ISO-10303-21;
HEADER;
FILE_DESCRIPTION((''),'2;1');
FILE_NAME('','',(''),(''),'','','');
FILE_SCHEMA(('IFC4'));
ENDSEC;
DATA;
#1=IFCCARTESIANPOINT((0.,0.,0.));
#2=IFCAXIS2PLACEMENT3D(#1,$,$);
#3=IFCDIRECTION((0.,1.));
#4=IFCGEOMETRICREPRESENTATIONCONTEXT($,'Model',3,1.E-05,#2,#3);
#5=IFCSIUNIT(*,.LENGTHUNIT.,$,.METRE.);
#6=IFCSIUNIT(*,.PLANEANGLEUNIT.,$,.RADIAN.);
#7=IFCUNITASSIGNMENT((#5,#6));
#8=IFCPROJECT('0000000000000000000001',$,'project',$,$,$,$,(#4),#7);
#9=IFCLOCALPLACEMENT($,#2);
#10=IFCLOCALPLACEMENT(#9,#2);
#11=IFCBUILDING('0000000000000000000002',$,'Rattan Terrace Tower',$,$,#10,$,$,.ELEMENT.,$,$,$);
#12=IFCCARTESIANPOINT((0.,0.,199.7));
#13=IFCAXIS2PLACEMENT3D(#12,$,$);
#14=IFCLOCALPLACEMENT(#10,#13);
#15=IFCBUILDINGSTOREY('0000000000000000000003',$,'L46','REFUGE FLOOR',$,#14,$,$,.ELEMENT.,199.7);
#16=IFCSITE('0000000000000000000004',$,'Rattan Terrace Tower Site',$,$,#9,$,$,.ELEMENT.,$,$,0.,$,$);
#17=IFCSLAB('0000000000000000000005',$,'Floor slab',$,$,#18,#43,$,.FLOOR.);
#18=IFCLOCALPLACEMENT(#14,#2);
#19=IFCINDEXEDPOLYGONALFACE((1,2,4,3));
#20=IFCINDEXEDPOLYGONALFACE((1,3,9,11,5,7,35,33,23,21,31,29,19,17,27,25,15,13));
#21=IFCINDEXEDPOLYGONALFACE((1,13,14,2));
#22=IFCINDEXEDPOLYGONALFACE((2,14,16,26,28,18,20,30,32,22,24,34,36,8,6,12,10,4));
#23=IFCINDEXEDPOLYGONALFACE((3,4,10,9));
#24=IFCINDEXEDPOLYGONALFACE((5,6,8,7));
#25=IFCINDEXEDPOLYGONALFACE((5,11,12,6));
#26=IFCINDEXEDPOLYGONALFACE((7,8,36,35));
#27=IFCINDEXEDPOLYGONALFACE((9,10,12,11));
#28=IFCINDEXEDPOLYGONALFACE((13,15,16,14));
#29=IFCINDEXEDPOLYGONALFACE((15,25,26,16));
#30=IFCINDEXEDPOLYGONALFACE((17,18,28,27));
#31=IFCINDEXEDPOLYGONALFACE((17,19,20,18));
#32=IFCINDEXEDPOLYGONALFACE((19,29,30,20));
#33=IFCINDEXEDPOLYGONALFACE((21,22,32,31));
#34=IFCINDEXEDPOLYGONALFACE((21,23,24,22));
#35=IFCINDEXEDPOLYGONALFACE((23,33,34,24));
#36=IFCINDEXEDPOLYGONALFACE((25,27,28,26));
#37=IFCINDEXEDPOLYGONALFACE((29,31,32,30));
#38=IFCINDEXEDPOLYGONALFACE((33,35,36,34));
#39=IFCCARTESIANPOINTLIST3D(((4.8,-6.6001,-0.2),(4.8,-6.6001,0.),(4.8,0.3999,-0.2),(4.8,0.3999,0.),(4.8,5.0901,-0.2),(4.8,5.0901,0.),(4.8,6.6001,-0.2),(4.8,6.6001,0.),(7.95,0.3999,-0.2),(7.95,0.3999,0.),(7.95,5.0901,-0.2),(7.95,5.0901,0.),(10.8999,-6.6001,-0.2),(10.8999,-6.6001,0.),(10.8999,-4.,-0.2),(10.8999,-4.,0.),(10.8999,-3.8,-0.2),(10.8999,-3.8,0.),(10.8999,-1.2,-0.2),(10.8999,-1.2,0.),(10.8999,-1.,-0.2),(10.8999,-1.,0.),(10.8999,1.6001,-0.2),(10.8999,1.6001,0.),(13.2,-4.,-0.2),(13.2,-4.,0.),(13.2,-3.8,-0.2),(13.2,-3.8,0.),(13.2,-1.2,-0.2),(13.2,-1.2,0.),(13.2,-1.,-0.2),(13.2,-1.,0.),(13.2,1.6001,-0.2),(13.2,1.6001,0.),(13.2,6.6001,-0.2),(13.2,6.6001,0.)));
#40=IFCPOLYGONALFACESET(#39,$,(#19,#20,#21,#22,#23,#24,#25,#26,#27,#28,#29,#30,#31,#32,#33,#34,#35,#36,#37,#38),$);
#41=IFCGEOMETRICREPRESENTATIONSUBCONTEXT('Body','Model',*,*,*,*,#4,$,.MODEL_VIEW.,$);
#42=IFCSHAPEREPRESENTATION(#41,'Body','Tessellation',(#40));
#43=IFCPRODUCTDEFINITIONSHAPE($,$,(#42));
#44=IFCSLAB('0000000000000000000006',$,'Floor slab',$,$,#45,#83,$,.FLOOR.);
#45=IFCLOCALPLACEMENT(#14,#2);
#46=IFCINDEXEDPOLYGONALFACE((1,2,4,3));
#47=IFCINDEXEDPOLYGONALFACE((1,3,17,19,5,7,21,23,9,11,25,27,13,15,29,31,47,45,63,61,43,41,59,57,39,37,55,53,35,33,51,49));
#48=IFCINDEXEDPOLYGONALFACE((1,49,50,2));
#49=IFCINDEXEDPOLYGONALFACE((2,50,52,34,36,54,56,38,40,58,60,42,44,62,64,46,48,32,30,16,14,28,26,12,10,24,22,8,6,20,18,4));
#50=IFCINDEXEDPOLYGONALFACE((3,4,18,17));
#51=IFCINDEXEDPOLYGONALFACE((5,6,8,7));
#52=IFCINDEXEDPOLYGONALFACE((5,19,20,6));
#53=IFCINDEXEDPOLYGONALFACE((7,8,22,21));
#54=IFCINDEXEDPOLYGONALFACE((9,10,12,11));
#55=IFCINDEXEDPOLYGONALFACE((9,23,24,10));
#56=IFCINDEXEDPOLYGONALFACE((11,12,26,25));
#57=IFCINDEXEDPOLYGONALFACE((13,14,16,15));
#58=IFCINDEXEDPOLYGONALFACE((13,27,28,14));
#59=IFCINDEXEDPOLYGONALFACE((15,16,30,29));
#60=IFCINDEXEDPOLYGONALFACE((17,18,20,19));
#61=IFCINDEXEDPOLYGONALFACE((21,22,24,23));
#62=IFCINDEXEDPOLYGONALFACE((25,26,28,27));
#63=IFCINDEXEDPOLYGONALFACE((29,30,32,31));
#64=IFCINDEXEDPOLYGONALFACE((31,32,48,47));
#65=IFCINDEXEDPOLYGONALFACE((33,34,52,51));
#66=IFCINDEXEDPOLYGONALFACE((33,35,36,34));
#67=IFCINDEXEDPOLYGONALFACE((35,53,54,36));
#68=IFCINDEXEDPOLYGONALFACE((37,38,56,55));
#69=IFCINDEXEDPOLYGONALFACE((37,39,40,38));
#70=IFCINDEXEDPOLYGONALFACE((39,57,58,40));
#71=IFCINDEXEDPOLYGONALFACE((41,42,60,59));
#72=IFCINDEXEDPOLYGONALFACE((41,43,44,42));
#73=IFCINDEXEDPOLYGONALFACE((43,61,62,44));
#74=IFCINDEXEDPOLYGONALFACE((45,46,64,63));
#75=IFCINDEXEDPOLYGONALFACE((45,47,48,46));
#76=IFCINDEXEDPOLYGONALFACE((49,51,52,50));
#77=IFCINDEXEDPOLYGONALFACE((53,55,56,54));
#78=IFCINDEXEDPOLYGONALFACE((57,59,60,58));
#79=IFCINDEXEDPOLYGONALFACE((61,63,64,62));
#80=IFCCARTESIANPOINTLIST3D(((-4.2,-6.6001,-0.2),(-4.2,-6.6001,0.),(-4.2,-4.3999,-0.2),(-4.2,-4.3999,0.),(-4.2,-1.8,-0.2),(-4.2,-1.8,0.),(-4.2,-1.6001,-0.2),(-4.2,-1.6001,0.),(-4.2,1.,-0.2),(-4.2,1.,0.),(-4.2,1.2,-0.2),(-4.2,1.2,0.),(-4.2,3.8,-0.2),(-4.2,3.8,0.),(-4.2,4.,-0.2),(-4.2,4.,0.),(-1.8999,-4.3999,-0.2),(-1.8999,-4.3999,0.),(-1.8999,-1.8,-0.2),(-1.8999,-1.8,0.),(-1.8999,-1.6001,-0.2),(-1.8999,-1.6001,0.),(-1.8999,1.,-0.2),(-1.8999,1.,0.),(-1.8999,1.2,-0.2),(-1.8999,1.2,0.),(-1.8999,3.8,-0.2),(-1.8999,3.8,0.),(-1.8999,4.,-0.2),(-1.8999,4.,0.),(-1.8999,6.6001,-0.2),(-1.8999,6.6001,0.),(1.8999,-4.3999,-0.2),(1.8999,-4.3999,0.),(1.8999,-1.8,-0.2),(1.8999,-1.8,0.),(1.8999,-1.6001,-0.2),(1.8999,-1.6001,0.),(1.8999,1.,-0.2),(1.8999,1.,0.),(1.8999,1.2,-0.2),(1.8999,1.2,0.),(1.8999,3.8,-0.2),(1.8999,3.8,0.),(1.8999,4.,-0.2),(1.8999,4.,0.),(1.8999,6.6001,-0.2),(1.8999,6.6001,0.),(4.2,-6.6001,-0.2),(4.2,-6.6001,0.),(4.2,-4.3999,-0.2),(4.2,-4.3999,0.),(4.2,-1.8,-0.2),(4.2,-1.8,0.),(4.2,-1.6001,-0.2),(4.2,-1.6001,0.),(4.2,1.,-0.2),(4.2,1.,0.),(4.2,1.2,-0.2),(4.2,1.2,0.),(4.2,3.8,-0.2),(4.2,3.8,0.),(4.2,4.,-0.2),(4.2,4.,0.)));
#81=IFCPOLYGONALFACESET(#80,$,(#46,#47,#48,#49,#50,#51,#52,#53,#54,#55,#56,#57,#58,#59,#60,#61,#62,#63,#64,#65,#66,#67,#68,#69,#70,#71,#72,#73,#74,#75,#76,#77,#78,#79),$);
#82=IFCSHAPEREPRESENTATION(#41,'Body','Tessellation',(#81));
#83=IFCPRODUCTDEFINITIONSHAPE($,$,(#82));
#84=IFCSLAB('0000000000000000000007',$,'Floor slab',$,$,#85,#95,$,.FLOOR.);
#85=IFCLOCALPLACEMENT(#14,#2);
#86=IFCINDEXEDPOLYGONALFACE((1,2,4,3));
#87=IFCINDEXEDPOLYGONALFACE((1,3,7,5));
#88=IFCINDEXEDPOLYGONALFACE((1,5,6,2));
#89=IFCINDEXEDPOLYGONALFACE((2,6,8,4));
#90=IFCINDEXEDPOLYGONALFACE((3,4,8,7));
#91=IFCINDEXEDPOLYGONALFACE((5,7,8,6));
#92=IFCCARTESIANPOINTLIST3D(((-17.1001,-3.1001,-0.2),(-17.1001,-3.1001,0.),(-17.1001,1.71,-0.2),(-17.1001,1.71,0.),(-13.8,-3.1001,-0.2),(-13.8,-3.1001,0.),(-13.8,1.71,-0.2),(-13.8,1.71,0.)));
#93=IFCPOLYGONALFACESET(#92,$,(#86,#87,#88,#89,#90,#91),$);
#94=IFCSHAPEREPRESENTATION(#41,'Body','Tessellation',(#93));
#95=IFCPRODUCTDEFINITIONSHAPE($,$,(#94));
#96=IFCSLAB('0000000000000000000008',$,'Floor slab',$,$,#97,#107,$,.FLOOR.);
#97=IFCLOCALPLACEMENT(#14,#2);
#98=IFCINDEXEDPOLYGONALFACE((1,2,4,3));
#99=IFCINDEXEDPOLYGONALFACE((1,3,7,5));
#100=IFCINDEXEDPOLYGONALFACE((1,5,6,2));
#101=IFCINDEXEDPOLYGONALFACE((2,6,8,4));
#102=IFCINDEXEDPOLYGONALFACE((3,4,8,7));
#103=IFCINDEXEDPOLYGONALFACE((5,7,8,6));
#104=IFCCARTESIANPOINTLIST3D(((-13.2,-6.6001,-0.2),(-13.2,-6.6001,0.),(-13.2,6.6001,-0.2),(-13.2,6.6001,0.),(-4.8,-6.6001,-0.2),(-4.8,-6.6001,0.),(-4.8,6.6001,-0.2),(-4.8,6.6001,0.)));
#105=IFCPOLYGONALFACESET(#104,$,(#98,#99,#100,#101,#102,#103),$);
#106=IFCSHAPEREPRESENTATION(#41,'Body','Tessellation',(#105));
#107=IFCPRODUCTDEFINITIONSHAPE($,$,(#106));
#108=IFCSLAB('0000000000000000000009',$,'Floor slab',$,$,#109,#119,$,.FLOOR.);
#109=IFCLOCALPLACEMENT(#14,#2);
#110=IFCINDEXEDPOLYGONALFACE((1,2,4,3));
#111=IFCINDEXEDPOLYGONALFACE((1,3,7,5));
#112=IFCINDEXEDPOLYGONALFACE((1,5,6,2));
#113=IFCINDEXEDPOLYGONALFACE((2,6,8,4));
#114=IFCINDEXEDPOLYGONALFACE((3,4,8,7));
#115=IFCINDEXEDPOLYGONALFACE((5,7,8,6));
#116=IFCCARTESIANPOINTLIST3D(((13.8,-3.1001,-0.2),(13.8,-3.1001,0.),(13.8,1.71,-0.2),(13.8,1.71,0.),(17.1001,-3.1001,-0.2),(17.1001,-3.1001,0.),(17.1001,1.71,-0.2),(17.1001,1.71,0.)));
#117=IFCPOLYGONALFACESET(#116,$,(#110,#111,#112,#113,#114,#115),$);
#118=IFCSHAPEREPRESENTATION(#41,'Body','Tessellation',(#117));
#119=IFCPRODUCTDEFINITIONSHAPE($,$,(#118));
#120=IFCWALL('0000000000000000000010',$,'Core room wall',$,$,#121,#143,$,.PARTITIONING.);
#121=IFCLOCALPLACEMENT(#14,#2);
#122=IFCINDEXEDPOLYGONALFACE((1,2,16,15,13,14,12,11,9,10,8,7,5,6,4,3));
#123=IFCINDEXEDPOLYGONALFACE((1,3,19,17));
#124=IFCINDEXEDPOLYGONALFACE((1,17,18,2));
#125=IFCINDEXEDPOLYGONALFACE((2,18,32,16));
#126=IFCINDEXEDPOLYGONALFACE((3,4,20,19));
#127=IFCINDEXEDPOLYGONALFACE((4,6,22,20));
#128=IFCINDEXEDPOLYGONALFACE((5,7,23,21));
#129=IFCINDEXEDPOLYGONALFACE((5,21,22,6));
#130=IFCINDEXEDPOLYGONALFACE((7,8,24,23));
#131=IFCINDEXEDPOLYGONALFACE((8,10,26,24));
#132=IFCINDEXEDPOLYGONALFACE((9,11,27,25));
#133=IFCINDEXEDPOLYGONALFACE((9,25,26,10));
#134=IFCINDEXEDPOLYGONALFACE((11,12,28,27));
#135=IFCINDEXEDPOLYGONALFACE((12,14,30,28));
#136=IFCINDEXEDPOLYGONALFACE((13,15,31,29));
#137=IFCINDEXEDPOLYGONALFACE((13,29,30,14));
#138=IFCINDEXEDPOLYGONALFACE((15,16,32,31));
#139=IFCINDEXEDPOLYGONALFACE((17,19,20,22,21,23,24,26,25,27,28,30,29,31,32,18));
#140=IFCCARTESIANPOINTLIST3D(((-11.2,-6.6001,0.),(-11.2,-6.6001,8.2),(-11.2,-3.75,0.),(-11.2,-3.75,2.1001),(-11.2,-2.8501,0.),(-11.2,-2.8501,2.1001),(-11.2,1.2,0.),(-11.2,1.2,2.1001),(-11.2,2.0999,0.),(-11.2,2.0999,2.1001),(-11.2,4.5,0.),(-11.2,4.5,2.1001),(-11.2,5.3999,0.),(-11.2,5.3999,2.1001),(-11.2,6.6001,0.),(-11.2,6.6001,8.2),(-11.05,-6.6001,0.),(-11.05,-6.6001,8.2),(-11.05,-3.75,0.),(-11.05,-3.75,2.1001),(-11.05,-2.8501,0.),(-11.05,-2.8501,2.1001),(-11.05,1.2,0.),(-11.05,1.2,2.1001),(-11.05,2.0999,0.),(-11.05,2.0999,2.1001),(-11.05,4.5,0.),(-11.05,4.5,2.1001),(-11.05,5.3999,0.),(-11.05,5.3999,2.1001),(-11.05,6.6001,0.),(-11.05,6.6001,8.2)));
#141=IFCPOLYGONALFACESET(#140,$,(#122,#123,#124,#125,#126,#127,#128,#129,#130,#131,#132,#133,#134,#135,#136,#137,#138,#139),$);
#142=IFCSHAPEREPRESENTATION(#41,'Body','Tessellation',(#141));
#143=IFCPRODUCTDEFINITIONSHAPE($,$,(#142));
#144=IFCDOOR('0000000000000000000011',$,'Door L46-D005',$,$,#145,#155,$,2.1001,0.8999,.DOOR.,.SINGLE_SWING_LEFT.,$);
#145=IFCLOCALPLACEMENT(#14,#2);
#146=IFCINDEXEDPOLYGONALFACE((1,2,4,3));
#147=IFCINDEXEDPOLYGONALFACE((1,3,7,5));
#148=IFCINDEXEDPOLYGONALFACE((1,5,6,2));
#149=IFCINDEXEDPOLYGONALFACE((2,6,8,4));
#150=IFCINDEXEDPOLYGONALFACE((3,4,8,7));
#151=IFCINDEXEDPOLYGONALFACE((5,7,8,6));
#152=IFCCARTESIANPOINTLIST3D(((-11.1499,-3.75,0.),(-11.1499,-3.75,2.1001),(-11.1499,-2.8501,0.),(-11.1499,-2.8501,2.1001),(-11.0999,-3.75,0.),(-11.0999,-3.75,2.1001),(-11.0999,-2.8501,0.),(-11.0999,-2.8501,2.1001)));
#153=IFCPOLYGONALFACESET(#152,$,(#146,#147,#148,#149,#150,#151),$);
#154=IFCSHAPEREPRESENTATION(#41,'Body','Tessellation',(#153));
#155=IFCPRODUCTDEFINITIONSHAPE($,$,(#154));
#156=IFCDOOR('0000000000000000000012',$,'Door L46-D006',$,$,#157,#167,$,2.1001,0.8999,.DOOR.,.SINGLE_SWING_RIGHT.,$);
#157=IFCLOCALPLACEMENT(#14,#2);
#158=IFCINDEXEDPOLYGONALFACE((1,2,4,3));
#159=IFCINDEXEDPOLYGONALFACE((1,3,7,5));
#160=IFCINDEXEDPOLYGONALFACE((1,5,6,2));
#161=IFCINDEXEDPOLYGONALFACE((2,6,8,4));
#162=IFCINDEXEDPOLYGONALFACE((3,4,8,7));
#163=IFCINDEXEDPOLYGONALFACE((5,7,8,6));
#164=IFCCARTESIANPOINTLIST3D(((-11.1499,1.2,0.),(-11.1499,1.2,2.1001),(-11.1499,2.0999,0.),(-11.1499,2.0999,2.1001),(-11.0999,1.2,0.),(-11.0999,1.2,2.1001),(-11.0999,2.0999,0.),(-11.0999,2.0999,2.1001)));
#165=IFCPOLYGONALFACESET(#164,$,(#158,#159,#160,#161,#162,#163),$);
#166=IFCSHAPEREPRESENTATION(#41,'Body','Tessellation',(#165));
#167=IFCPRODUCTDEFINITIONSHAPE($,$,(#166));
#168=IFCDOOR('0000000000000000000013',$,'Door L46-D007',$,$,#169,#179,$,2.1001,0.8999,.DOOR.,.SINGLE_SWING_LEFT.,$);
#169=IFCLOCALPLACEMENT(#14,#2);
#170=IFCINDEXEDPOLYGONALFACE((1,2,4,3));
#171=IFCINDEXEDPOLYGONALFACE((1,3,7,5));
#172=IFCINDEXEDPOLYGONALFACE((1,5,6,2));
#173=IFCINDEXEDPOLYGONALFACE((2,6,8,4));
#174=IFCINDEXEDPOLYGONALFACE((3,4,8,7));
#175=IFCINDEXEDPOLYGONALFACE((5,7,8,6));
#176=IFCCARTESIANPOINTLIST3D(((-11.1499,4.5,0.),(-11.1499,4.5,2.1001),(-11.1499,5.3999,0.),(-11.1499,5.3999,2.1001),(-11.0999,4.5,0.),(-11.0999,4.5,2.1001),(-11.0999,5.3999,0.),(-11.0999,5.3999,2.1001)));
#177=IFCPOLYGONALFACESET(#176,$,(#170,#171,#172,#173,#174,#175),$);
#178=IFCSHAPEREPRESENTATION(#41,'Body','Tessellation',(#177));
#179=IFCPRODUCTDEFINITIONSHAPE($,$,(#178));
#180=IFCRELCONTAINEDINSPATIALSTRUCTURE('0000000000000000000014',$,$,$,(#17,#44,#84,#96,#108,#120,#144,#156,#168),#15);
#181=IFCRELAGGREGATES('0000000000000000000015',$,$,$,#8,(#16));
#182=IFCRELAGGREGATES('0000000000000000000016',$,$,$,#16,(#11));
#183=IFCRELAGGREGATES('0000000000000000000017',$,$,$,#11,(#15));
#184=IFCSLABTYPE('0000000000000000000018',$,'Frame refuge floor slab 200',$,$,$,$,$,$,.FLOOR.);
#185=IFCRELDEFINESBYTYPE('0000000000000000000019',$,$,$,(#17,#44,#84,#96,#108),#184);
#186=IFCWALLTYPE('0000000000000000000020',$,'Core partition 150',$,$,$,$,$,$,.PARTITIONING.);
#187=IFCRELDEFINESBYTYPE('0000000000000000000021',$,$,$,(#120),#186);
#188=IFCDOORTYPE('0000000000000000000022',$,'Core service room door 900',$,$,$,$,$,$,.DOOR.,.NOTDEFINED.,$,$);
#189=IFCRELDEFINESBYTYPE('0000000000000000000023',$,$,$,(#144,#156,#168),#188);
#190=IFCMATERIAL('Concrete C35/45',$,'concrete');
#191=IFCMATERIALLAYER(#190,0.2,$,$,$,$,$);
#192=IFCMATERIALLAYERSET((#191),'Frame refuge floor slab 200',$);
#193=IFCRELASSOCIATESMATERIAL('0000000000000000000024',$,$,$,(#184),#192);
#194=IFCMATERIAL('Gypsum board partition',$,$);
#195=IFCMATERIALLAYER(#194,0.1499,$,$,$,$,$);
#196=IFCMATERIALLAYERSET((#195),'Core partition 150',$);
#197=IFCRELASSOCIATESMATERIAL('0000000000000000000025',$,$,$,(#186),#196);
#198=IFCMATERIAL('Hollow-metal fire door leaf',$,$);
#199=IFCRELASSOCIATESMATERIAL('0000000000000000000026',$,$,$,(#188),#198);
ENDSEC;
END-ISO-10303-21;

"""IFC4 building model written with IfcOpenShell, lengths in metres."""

from ifc_helpers import new_model, si_unit, direction, frame, frame_2d, origin, place, context, subcontext, project, spatial, polyline, rectangle, outline, extrude, material, layer, layer_set, type_object, element, fill, save


model = new_model("IFC4")

# Units and contexts
model_context = context("Model", 3, precision=1e-05, world=origin(), true_north=direction((0.0, 1.0)))
body_context = subcontext(model_context, "Body", "Model", "MODEL_VIEW")
ifc_project = project(units=[si_unit("LENGTHUNIT", "METRE"), si_unit("PLANEANGLEUNIT", "RADIAN")], contexts=[model_context])

# Site, building, storey
site_placement = place(None, origin())
site = spatial("IfcSite", under=ifc_project, at=site_placement, Name="Rattan Terrace Tower Site", CompositionType="ELEMENT", RefElevation=0.0)
building_placement = place(site_placement, origin())
building = spatial("IfcBuilding", under=site, at=building_placement, Name="Rattan Terrace Tower", CompositionType="ELEMENT")
storey_placement = place(building_placement, frame((0.0, 0.0, 199.7)))
storey = spatial("IfcBuildingStorey", under=building, at=storey_placement, Name="L46", Description="REFUGE FLOOR", CompositionType="ELEMENT", Elevation=199.7)

# Slabs
ifc_material_1 = material(Name="Concrete C35/45", Category="concrete")
ifc_layer_1 = layer(ifc_material_1, 0.2)
ifc_layer_set_1 = layer_set([ifc_layer_1], Name="Frame refuge floor slab 200")
slab_type_1 = type_object("IfcSlabType", Name="Frame refuge floor slab 200", PredefinedType="FLOOR", material=ifc_layer_set_1)
slab_1_placement = place(storey_placement, frame((0.0, 0.0, -0.2)))
element("IfcSlab", 1, at=slab_1_placement, inside=storey, type_object=slab_type_1, Name="Floor slab", PredefinedType="FLOOR", context=body_context, shape_type="SweptSolid", body=[
    extrude(outline(polyline([(13.2, 6.6001), (4.8, 6.6001), (4.8, 5.0901), (7.95, 5.0901), (7.95, 0.3999), (4.8, 0.3999), (4.8, -6.6001), (10.8999, -6.6001), (10.8999, -4.0), (13.2, -4.0), (13.2, -3.8), (10.8999, -3.8), (10.8999, -1.2), (13.2, -1.2), (13.2, -1.0), (10.8999, -1.0), (10.8999, 1.6001), (13.2, 1.6001), (13.2, 6.6001)])), origin(), (0.0, 0.0, 1.0), 0.2),
])
slab_2_placement = place(storey_placement, frame((0.0, 0.0, -0.2)))
element("IfcSlab", 2, at=slab_2_placement, inside=storey, type_object=slab_type_1, Name="Floor slab", PredefinedType="FLOOR", context=body_context, shape_type="SweptSolid", body=[
    extrude(outline(polyline([(1.8999, 6.6001), (-1.8999, 6.6001), (-1.8999, 4.0), (-4.2, 4.0), (-4.2, 3.8), (-1.8999, 3.8), (-1.8999, 1.2), (-4.2, 1.2), (-4.2, 1.0), (-1.8999, 1.0), (-1.8999, -1.6001), (-4.2, -1.6001), (-4.2, -1.8), (-1.8999, -1.8), (-1.8999, -4.3999), (-4.2, -4.3999), (-4.2, -6.6001), (4.2, -6.6001), (4.2, -4.3999), (1.8999, -4.3999), (1.8999, -1.8), (4.2, -1.8), (4.2, -1.6001), (1.8999, -1.6001), (1.8999, 1.0), (4.2, 1.0), (4.2, 1.2), (1.8999, 1.2), (1.8999, 3.8), (4.2, 3.8), (4.2, 4.0), (1.8999, 4.0), (1.8999, 6.6001)])), origin(), (0.0, 0.0, 1.0), 0.2),
])
slab_3_placement = place(storey_placement, frame((0.0, 0.0, -0.2)))
element("IfcSlab", 3, at=slab_3_placement, inside=storey, type_object=slab_type_1, Name="Floor slab", PredefinedType="FLOOR", context=body_context, shape_type="SweptSolid", body=[
    extrude(outline(polyline([(-17.1001, -3.1001), (-13.8, -3.1001), (-13.8, 1.71), (-17.1001, 1.71), (-17.1001, -3.1001)])), origin(), (0.0, 0.0, 1.0), 0.2),
])
slab_4_placement = place(storey_placement, frame((0.0, 0.0, -0.2)))
element("IfcSlab", 4, at=slab_4_placement, inside=storey, type_object=slab_type_1, Name="Floor slab", PredefinedType="FLOOR", context=body_context, shape_type="SweptSolid", body=[
    extrude(outline(polyline([(-4.8, -6.6001), (-4.8, 6.6001), (-13.2, 6.6001), (-13.2, -6.6001), (-4.8, -6.6001)])), origin(), (0.0, 0.0, 1.0), 0.2),
])
slab_5_placement = place(storey_placement, frame((0.0, 0.0, -0.2)))
element("IfcSlab", 5, at=slab_5_placement, inside=storey, type_object=slab_type_1, Name="Floor slab", PredefinedType="FLOOR", context=body_context, shape_type="SweptSolid", body=[
    extrude(outline(polyline([(13.8, -3.1001), (17.1001, -3.1001), (17.1001, 1.71), (13.8, 1.71), (13.8, -3.1001)])), origin(), (0.0, 0.0, 1.0), 0.2),
])

# Wall, openings, doors
ifc_material_2 = material(Name="Gypsum board partition")
ifc_layer_2 = layer(ifc_material_2, 0.1499)
ifc_layer_set_2 = layer_set([ifc_layer_2], Name="Core partition 150")
wall_type_1 = type_object("IfcWallType", Name="Core partition 150", PredefinedType="PARTITIONING", material=ifc_layer_set_2)
wall_1_placement = place(storey_placement, frame((-11.125, -6.6001, 0.0), z_axis=(0.0, 0.0, 1.0), x_axis=(0.0, 1.0, 0.0)))
wall_1 = element("IfcWall", 6, at=wall_1_placement, inside=storey, type_object=wall_type_1, Name="Core room wall", PredefinedType="PARTITIONING", context=body_context, shape_type="SweptSolid", body=[
    extrude(rectangle(XDim=13.2002, YDim=0.1499, at=frame_2d((6.6001, 0.0))), origin(), (0.0, 0.0, 1.0), 8.2),
])
opening_1_placement = place(wall_1_placement, frame((2.8501, 0.0, 0.0)))
opening_1 = element("IfcOpeningElement", 7, at=opening_1_placement, cuts=wall_1, PredefinedType="OPENING", context=body_context, shape_type="SweptSolid", body=[
    extrude(rectangle(XDim=0.8999, YDim=2.1001, at=frame_2d((0.45, 1.05))), frame((0.0, 0.0854, 0.0), z_axis=(0.0, -1.0, 0.0), x_axis=(1.0, 0.0, 0.0)), (0.0, 0.0, 1.0), 0.1709),
])
opening_2_placement = place(wall_1_placement, frame((7.8, 0.0, 0.0)))
opening_2 = element("IfcOpeningElement", 8, at=opening_2_placement, cuts=wall_1, PredefinedType="OPENING", context=body_context, shape_type="SweptSolid", body=[
    extrude(rectangle(XDim=0.8999, YDim=2.1001, at=frame_2d((0.45, 1.05))), frame((0.0, 0.0854, 0.0), z_axis=(0.0, -1.0, 0.0), x_axis=(1.0, 0.0, 0.0)), (0.0, 0.0, 1.0), 0.1709),
])
opening_3_placement = place(wall_1_placement, frame((11.1001, 0.0, 0.0)))
opening_3 = element("IfcOpeningElement", 9, at=opening_3_placement, cuts=wall_1, PredefinedType="OPENING", context=body_context, shape_type="SweptSolid", body=[
    extrude(rectangle(XDim=0.8999, YDim=2.1001, at=frame_2d((0.45, 1.05))), frame((0.0, 0.0854, 0.0), z_axis=(0.0, -1.0, 0.0), x_axis=(1.0, 0.0, 0.0)), (0.0, 0.0, 1.0), 0.1709),
])
ifc_material_3 = material(Name="Hollow-metal fire door leaf")
door_type_1 = type_object("IfcDoorType", Name="Core service room door 900", OperationType="NOTDEFINED", PredefinedType="DOOR", material=ifc_material_3)
door_1_placement = place(opening_1_placement, origin())
door_1 = element("IfcDoor", 10, at=door_1_placement, inside=storey, type_object=door_type_1, Name="Door L46-D005", OperationType="SINGLE_SWING_LEFT", OverallHeight=2.1001, OverallWidth=0.8999, PredefinedType="DOOR", context=body_context, shape_type="SweptSolid", body=[
    extrude(rectangle(XDim=0.8999, YDim=2.1001, at=frame_2d((0.45, 1.05))), frame((0.0, 0.0249, 0.0), z_axis=(0.0, -1.0, 0.0), x_axis=(1.0, 0.0, 0.0)), (0.0, 0.0, 1.0), 0.05),
])
fill(opening_1, door_1)
door_2_placement = place(opening_2_placement, origin())
door_2 = element("IfcDoor", 11, at=door_2_placement, inside=storey, type_object=door_type_1, Name="Door L46-D006", OperationType="SINGLE_SWING_RIGHT", OverallHeight=2.1001, OverallWidth=0.8999, PredefinedType="DOOR", context=body_context, shape_type="SweptSolid", body=[
    extrude(rectangle(XDim=0.8999, YDim=2.1001, at=frame_2d((0.45, 1.05))), frame((0.0, 0.0249, 0.0), z_axis=(0.0, -1.0, 0.0), x_axis=(1.0, 0.0, 0.0)), (0.0, 0.0, 1.0), 0.05),
])
fill(opening_2, door_2)
door_3_placement = place(opening_3_placement, origin())
door_3 = element("IfcDoor", 12, at=door_3_placement, inside=storey, type_object=door_type_1, Name="Door L46-D007", OperationType="SINGLE_SWING_LEFT", OverallHeight=2.1001, OverallWidth=0.8999, PredefinedType="DOOR", context=body_context, shape_type="SweptSolid", body=[
    extrude(rectangle(XDim=0.8999, YDim=2.1001, at=frame_2d((0.45, 1.05))), frame((0.0, 0.0249, 0.0), z_axis=(0.0, -1.0, 0.0), x_axis=(1.0, 0.0, 0.0)), (0.0, 0.0, 1.0), 0.05),
])
fill(opening_3, door_3)

save(model, "model.ifc")
